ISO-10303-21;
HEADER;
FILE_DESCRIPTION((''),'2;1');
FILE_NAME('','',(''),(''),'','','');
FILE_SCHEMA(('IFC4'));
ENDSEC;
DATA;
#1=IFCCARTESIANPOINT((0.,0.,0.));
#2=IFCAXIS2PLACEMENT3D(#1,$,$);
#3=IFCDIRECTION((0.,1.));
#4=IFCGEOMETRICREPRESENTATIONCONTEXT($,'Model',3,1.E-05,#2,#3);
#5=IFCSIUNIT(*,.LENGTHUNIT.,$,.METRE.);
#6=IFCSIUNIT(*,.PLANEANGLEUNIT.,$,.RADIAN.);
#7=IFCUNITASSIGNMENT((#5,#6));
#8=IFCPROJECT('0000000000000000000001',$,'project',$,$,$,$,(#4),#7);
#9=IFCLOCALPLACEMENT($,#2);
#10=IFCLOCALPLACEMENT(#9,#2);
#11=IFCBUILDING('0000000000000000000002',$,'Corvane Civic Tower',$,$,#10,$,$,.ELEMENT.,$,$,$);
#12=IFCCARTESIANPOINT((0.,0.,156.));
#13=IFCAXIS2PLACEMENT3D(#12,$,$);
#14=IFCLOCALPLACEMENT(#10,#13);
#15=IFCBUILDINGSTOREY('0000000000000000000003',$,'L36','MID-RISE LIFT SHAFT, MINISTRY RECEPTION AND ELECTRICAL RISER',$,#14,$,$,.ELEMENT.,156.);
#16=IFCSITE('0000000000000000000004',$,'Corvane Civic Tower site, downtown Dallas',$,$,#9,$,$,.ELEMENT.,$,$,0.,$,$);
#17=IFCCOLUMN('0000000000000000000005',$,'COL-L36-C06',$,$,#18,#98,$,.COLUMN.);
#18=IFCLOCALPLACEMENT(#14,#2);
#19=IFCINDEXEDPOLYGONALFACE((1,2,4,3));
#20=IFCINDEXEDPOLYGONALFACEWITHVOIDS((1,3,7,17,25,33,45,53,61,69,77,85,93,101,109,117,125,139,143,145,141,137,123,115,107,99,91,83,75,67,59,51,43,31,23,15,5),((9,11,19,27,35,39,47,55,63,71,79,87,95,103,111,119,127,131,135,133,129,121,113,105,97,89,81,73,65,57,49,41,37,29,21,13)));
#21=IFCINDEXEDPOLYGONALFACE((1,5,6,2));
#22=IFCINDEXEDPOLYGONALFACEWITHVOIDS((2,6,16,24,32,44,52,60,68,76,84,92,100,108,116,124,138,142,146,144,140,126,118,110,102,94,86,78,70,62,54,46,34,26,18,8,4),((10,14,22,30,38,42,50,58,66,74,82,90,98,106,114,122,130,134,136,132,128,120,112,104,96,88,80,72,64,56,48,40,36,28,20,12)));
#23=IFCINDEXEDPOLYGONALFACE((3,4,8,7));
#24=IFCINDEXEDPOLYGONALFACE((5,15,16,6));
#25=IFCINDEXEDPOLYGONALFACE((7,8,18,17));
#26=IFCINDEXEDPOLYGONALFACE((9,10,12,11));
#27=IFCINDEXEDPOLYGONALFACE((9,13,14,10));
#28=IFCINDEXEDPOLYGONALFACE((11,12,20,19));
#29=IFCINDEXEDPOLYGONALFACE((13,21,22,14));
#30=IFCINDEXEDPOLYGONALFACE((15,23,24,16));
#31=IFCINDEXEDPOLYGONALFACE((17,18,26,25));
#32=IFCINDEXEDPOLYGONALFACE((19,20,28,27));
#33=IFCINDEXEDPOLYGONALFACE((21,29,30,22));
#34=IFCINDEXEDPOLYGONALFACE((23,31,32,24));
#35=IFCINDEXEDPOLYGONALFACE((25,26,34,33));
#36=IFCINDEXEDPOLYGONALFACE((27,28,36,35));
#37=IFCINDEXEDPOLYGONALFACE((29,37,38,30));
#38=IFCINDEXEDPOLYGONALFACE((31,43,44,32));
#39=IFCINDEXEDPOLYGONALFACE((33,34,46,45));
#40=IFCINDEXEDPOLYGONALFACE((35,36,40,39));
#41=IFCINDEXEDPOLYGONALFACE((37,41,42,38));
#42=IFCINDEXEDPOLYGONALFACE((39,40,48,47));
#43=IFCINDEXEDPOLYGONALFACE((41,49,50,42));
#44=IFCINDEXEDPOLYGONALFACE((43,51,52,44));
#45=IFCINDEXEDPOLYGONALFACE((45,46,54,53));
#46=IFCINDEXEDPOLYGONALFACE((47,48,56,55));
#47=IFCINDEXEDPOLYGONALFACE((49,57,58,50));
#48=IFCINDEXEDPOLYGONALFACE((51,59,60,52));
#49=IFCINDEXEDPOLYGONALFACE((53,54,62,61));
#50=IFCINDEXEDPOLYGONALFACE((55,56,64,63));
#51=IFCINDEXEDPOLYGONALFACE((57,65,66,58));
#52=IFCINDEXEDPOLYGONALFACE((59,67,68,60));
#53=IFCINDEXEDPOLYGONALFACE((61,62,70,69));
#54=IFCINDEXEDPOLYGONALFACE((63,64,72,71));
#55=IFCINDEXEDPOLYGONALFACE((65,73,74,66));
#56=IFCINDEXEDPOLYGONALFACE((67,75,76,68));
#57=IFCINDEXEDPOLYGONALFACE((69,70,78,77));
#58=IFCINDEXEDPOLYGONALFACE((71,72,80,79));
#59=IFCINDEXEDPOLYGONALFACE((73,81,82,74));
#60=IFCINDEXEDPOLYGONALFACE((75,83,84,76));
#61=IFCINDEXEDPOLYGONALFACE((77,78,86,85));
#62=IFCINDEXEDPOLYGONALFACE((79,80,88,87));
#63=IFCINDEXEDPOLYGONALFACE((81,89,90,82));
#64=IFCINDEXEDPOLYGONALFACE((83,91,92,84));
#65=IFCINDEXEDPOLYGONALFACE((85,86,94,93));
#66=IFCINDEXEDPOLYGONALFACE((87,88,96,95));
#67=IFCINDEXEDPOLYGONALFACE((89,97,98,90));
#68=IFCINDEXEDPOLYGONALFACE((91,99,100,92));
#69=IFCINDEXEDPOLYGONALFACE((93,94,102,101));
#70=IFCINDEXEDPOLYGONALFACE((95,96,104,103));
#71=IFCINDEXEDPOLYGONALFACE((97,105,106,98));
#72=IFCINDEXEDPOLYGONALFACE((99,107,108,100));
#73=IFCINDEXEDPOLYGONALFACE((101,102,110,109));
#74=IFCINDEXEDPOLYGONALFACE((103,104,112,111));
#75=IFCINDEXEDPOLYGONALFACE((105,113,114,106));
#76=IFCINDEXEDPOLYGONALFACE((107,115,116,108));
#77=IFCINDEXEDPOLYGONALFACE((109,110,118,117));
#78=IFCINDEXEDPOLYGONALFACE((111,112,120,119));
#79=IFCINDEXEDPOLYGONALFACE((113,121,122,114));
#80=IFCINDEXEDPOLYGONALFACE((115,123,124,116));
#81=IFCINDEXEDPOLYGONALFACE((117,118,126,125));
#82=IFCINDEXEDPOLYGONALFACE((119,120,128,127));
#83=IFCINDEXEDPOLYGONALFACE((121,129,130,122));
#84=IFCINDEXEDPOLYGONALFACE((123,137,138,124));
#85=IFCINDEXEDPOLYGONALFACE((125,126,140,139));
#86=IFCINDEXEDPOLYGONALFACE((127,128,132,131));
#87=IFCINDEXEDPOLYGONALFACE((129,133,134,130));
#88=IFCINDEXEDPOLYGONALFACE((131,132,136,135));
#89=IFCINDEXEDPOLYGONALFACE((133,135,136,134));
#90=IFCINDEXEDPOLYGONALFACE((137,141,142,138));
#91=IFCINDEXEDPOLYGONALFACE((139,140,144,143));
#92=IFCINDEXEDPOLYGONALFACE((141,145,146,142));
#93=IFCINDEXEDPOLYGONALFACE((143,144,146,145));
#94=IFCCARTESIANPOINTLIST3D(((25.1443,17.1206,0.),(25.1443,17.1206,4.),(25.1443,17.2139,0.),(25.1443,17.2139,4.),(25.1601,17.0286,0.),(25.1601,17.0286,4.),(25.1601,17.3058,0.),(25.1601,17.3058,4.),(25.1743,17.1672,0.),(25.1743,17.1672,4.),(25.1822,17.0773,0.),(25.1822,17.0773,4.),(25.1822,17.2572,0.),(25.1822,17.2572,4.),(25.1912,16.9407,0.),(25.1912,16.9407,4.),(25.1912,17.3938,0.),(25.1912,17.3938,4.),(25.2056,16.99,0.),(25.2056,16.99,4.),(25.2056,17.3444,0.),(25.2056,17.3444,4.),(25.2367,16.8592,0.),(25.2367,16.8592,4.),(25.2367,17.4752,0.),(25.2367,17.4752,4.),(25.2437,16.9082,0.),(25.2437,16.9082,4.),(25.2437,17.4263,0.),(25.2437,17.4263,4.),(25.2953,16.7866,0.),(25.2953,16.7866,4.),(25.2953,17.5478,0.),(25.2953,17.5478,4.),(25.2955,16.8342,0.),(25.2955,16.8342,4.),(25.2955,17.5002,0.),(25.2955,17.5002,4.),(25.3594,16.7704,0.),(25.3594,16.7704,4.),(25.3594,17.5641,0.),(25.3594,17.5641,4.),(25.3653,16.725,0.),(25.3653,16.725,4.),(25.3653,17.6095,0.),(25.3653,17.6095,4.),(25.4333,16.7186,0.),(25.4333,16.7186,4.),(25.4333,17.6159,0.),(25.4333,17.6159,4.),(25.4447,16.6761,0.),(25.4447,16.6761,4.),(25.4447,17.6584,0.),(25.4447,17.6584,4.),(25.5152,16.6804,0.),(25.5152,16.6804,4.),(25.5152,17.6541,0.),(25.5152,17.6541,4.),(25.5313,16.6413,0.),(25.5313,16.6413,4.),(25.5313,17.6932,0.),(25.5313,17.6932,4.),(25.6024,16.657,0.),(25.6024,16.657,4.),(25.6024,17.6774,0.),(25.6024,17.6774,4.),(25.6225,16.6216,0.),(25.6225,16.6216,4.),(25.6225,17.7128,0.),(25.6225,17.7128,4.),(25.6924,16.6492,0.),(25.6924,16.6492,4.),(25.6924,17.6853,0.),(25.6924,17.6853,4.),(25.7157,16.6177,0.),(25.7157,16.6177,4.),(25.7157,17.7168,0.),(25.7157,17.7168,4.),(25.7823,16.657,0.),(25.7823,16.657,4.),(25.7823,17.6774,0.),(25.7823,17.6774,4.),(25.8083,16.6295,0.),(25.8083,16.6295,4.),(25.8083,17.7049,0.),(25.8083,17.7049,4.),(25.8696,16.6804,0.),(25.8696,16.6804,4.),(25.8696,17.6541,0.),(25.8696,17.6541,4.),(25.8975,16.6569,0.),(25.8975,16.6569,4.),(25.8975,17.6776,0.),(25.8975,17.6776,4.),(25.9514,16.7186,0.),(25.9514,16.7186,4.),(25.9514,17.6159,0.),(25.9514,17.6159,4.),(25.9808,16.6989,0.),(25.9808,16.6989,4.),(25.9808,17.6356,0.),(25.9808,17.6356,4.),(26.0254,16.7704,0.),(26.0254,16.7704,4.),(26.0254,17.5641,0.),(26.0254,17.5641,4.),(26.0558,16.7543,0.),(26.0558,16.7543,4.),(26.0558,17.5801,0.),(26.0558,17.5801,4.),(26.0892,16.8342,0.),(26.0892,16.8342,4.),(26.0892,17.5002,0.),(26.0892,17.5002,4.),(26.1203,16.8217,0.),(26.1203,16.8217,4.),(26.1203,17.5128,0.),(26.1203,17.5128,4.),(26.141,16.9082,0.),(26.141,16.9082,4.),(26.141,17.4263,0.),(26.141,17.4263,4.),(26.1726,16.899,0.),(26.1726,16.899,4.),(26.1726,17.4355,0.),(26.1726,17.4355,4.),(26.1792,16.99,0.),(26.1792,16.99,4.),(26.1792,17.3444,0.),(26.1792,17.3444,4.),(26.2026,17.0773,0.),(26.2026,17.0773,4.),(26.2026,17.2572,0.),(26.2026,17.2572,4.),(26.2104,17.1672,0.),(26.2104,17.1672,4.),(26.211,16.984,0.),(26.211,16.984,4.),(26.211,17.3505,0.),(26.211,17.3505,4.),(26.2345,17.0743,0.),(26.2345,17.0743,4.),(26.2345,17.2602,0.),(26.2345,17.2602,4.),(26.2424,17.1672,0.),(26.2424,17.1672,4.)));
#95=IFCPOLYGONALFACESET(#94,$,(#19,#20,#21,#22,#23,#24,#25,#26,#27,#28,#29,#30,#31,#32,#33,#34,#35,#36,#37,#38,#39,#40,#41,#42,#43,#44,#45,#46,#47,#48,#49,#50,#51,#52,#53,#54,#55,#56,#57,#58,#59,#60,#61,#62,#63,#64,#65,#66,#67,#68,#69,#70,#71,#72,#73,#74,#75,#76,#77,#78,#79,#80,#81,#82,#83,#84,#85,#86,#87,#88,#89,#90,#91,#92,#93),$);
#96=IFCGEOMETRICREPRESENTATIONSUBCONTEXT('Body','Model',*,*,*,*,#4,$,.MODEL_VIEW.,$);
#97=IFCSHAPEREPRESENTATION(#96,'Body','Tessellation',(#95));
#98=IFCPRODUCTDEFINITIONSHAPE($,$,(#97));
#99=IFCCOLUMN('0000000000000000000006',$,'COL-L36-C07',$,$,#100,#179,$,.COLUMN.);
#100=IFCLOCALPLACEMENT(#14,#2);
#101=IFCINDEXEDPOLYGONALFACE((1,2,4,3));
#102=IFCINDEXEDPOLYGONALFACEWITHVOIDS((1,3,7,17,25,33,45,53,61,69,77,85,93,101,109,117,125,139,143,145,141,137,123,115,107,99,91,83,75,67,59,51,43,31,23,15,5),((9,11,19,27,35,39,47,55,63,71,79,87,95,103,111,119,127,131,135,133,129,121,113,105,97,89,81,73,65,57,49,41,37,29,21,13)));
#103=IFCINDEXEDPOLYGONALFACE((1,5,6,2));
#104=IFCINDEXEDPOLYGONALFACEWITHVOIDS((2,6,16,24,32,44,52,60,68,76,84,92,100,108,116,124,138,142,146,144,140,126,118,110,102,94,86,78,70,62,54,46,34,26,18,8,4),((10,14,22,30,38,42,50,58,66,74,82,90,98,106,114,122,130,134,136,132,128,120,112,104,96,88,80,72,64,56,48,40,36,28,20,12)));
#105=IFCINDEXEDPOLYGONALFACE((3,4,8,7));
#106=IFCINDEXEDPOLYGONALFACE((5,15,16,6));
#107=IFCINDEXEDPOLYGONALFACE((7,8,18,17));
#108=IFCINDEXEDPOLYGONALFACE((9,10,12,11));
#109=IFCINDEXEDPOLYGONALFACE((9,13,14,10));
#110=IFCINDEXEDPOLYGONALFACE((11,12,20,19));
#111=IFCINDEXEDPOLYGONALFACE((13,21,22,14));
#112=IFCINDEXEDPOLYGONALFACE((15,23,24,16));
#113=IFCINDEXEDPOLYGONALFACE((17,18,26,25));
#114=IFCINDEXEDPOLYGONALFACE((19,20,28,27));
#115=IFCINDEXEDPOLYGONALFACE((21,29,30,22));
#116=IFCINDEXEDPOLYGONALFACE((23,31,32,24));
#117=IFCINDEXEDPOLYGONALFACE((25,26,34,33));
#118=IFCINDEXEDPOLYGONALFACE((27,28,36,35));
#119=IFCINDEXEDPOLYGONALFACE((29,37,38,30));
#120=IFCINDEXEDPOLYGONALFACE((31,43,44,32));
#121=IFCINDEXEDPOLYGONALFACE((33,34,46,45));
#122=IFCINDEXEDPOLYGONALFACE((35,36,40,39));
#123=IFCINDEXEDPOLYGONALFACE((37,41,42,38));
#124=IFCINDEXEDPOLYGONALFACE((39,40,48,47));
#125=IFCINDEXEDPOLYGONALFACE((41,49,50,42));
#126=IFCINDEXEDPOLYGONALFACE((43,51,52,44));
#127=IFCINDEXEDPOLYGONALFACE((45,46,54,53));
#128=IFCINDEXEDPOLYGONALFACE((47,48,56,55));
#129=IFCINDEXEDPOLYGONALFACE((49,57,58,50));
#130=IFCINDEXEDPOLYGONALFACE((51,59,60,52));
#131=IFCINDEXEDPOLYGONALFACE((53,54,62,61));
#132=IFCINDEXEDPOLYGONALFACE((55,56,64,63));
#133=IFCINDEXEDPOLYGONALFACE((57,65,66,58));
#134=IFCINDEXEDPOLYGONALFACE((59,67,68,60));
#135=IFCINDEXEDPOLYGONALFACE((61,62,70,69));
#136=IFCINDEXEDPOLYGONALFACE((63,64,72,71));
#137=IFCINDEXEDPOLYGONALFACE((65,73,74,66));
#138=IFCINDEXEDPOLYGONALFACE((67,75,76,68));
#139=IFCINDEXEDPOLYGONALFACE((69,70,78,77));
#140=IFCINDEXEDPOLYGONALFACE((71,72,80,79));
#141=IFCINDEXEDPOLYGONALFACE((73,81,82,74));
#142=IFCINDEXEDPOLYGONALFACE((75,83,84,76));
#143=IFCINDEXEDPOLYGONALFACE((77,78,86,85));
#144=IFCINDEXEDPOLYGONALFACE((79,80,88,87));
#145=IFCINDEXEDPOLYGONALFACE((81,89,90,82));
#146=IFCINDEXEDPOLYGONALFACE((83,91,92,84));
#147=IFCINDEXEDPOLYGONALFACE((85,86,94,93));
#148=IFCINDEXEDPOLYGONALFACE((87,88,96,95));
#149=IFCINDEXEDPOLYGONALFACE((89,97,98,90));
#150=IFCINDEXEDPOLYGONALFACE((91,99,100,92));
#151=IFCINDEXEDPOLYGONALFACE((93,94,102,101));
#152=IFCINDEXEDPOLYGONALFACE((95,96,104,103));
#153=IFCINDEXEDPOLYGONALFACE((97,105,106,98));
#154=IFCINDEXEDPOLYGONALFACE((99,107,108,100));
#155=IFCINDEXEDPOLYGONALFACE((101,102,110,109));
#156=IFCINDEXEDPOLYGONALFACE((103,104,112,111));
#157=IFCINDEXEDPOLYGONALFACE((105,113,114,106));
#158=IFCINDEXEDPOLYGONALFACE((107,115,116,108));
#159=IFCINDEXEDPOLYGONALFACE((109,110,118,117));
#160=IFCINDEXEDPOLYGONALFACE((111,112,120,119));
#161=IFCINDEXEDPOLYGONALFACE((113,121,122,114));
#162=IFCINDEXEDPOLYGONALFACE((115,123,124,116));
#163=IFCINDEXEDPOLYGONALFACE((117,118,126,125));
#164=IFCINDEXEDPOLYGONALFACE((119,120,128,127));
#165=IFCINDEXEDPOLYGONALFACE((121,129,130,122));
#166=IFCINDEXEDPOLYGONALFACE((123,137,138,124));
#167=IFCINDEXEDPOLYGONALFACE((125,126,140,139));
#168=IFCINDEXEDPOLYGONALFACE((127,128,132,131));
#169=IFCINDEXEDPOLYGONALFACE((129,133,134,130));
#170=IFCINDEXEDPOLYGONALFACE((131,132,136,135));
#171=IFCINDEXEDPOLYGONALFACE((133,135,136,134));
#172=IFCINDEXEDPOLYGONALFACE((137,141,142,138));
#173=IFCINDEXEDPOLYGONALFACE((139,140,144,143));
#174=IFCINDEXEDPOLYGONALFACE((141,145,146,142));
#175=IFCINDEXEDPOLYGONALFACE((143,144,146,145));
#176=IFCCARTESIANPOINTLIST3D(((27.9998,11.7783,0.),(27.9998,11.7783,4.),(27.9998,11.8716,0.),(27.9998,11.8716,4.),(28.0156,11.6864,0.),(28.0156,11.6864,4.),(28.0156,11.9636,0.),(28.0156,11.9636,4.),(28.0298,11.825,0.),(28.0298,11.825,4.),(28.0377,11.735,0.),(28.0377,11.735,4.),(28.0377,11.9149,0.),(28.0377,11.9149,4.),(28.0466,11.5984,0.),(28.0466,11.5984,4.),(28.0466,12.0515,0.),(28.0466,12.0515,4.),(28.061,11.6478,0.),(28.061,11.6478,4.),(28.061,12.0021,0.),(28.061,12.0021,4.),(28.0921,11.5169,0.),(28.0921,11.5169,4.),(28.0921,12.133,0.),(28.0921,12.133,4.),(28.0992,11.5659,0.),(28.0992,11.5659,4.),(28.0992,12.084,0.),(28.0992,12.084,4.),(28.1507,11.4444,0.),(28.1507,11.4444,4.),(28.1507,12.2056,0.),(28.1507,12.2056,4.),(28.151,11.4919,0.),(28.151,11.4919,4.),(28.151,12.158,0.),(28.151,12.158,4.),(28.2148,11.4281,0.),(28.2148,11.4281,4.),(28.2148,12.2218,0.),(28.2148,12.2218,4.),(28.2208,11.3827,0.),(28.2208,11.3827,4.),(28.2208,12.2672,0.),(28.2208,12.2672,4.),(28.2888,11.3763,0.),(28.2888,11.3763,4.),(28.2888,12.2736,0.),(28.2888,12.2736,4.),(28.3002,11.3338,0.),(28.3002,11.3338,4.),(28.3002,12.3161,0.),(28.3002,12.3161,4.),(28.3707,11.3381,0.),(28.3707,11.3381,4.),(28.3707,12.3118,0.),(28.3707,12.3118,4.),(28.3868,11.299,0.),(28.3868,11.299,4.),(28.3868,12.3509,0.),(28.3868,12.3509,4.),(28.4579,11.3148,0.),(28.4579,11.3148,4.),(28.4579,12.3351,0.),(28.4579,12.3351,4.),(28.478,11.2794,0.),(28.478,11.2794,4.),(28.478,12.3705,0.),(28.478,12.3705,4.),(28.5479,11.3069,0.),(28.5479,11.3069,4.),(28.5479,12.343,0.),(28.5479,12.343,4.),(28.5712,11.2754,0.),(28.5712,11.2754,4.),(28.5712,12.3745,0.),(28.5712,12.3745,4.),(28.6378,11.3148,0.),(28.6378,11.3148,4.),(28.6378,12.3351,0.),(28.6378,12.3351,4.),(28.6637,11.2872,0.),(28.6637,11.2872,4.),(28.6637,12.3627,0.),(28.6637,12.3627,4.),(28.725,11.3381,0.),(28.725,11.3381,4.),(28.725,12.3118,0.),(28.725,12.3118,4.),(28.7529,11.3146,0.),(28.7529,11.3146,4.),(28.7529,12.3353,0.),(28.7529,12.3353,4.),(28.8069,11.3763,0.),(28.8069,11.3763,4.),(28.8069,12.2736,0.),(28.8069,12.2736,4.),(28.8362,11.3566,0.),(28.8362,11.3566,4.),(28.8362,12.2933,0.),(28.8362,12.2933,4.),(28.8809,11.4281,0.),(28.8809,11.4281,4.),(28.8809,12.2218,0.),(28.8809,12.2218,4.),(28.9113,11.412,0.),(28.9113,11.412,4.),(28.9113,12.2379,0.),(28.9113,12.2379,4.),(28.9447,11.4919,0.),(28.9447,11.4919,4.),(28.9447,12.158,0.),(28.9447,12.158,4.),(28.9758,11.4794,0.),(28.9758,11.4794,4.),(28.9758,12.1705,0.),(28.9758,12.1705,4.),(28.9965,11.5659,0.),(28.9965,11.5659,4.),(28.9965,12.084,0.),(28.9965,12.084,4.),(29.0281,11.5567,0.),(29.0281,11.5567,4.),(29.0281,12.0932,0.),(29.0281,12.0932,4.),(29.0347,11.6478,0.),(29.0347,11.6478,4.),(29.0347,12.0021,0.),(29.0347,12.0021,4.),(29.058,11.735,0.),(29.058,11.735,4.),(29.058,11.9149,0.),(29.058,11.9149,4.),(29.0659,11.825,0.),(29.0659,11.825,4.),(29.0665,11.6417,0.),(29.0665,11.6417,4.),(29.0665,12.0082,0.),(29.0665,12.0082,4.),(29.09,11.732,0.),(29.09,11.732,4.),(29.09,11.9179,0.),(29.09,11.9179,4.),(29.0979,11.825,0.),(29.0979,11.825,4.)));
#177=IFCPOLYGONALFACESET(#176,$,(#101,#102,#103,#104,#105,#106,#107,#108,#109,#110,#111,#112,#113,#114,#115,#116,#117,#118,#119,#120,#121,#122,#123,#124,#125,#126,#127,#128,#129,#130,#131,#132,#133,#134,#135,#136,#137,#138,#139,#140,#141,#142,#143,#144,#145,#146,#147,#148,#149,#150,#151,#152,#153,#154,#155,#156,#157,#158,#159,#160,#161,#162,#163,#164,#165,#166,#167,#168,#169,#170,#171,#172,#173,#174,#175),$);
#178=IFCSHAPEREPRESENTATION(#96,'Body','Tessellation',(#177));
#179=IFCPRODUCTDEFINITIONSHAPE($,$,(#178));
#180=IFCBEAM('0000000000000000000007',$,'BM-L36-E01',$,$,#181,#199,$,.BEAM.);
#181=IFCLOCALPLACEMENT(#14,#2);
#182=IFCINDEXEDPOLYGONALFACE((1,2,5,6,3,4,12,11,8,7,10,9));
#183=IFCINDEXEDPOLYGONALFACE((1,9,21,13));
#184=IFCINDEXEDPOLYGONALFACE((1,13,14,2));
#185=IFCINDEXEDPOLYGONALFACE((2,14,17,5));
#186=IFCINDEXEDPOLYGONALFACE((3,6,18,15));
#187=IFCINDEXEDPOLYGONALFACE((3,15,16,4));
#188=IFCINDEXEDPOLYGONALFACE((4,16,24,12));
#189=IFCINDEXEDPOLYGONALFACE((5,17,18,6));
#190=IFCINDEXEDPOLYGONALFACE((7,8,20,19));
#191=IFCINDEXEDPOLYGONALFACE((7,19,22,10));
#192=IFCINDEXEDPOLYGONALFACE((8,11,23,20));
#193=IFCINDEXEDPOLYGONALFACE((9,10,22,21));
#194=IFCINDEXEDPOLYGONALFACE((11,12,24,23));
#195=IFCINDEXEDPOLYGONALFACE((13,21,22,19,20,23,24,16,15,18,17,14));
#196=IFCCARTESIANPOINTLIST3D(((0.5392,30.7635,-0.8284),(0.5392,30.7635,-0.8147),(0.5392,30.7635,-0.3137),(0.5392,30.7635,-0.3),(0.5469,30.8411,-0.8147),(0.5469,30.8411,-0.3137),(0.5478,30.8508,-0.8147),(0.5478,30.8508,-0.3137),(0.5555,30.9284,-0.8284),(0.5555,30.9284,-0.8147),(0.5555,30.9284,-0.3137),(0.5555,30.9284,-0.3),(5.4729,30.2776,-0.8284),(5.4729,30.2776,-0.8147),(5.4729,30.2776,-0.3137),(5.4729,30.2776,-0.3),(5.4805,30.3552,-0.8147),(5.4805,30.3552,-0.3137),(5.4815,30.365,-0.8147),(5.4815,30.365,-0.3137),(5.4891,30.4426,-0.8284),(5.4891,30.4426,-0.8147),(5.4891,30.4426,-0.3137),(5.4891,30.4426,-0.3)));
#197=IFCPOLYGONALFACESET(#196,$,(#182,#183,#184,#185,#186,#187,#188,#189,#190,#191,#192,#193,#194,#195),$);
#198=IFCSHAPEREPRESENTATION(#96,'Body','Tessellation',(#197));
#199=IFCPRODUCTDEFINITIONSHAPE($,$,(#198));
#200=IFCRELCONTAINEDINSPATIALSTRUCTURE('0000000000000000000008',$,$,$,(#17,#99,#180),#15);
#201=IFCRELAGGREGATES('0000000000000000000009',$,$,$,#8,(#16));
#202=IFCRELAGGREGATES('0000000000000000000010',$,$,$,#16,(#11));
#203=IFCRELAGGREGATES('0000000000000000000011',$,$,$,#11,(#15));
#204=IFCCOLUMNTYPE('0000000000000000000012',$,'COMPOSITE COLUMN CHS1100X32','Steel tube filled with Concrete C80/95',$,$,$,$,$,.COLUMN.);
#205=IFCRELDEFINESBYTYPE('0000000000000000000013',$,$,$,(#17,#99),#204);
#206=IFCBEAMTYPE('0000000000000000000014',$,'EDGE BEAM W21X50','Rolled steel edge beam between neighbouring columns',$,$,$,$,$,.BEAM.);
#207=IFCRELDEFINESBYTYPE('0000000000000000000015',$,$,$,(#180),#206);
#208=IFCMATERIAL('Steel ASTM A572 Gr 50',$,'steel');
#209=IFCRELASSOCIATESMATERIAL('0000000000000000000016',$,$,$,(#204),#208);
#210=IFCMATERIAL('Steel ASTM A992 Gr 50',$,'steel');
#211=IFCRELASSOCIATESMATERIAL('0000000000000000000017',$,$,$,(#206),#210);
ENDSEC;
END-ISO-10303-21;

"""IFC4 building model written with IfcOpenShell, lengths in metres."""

from ifc_helpers import new_model, si_unit, direction, frame, origin, origin_2d, place, context, subcontext, project, spatial, hollow_circle, i_section, extrude, material, material_profile, profile_set, type_object, element, save


model = new_model("IFC4")

# Units and contexts
model_context = context("Model", 3, precision=1e-05, world=origin(), true_north=direction((0.0, 1.0)))
body_context = subcontext(model_context, "Body", "Model", "MODEL_VIEW")
ifc_project = project(units=[si_unit("LENGTHUNIT", "METRE"), si_unit("PLANEANGLEUNIT", "RADIAN")], contexts=[model_context])

# Site, building, storey
site_placement = place(None, origin())
site = spatial("IfcSite", under=ifc_project, at=site_placement, Name="Corvane Civic Tower site, downtown Dallas", CompositionType="ELEMENT", RefElevation=0.0)
building_placement = place(site_placement, origin())
building = spatial("IfcBuilding", under=site, at=building_placement, Name="Corvane Civic Tower", CompositionType="ELEMENT")
storey_placement = place(building_placement, frame((0.0, 0.0, 156.0)))
storey = spatial("IfcBuildingStorey", under=building, at=storey_placement, Name="L36", Description="MID-RISE LIFT SHAFT, MINISTRY RECEPTION AND ELECTRICAL RISER", CompositionType="ELEMENT", Elevation=156.0)

# Columns
ifc_material_1 = material(Name="Steel ASTM A572 Gr 50", Category="steel")
ifc_material_profile_1 = material_profile(ifc_material_1, hollow_circle(Radius=0.55, WallThickness=0.032, at=origin_2d()), Name="CHS1100X32")
ifc_profile_set_1 = profile_set([ifc_material_profile_1], Name="Steel ASTM A572 Gr 50")
column_type = type_object("IfcColumnType", Name="COMPOSITE COLUMN CHS1100X32", Description="Steel tube filled with Concrete C80/95", PredefinedType="COLUMN", material=ifc_profile_set_1)
for number, where, z_axis, x_axis, name in (
    (1, (25.6924, 17.1672, 0.0), (0.0, 0.0, 1.0), (1.0, 0.0, 0.0), "COL-L36-C06"),
    (2, (28.5479, 11.825, 0.0), (0.0, 0.0, 1.0), (1.0, 0.0, 0.0), "COL-L36-C07"),
):
    element("IfcColumn", number, at=place(storey_placement, frame(where, z_axis=z_axis, x_axis=x_axis)), inside=storey, type_object=column_type, Name=name, PredefinedType="COLUMN", context=body_context, shape_type="SweptSolid", body=[
        extrude(hollow_circle(Radius=0.55, WallThickness=0.032, at=origin_2d()), origin(), (0.0, 0.0, 1.0), 4.0),
    ])

# Beam
ifc_material_2 = material(Name="Steel ASTM A992 Gr 50", Category="steel")
ifc_material_profile_2 = material_profile(ifc_material_2, i_section(OverallWidth=0.1658, OverallDepth=0.5283, WebThickness=0.0098, FlangeThickness=0.0137, at=origin_2d()), Name="W21X50")
ifc_profile_set_2 = profile_set([ifc_material_profile_2], Name="Steel ASTM A992 Gr 50")
beam_type_1 = type_object("IfcBeamType", Name="EDGE BEAM W21X50", Description="Rolled steel edge beam between neighbouring columns", PredefinedType="BEAM", material=ifc_profile_set_2)
beam_1_placement = place(storey_placement, frame((0.5474, 30.8459, -0.5642), z_axis=(0.995186, -0.098002, 0.0), x_axis=(0.098002, 0.995186, 0.0)))
element("IfcBeam", 3, at=beam_1_placement, inside=storey, type_object=beam_type_1, Name="BM-L36-E01", PredefinedType="BEAM", context=body_context, shape_type="SweptSolid", body=[
    extrude(i_section(OverallWidth=0.1658, OverallDepth=0.5283, WebThickness=0.0098, FlangeThickness=0.0137, at=origin_2d()), origin(), (0.0, 0.0, 1.0), 4.9575),
])

save(model, "model.ifc")
